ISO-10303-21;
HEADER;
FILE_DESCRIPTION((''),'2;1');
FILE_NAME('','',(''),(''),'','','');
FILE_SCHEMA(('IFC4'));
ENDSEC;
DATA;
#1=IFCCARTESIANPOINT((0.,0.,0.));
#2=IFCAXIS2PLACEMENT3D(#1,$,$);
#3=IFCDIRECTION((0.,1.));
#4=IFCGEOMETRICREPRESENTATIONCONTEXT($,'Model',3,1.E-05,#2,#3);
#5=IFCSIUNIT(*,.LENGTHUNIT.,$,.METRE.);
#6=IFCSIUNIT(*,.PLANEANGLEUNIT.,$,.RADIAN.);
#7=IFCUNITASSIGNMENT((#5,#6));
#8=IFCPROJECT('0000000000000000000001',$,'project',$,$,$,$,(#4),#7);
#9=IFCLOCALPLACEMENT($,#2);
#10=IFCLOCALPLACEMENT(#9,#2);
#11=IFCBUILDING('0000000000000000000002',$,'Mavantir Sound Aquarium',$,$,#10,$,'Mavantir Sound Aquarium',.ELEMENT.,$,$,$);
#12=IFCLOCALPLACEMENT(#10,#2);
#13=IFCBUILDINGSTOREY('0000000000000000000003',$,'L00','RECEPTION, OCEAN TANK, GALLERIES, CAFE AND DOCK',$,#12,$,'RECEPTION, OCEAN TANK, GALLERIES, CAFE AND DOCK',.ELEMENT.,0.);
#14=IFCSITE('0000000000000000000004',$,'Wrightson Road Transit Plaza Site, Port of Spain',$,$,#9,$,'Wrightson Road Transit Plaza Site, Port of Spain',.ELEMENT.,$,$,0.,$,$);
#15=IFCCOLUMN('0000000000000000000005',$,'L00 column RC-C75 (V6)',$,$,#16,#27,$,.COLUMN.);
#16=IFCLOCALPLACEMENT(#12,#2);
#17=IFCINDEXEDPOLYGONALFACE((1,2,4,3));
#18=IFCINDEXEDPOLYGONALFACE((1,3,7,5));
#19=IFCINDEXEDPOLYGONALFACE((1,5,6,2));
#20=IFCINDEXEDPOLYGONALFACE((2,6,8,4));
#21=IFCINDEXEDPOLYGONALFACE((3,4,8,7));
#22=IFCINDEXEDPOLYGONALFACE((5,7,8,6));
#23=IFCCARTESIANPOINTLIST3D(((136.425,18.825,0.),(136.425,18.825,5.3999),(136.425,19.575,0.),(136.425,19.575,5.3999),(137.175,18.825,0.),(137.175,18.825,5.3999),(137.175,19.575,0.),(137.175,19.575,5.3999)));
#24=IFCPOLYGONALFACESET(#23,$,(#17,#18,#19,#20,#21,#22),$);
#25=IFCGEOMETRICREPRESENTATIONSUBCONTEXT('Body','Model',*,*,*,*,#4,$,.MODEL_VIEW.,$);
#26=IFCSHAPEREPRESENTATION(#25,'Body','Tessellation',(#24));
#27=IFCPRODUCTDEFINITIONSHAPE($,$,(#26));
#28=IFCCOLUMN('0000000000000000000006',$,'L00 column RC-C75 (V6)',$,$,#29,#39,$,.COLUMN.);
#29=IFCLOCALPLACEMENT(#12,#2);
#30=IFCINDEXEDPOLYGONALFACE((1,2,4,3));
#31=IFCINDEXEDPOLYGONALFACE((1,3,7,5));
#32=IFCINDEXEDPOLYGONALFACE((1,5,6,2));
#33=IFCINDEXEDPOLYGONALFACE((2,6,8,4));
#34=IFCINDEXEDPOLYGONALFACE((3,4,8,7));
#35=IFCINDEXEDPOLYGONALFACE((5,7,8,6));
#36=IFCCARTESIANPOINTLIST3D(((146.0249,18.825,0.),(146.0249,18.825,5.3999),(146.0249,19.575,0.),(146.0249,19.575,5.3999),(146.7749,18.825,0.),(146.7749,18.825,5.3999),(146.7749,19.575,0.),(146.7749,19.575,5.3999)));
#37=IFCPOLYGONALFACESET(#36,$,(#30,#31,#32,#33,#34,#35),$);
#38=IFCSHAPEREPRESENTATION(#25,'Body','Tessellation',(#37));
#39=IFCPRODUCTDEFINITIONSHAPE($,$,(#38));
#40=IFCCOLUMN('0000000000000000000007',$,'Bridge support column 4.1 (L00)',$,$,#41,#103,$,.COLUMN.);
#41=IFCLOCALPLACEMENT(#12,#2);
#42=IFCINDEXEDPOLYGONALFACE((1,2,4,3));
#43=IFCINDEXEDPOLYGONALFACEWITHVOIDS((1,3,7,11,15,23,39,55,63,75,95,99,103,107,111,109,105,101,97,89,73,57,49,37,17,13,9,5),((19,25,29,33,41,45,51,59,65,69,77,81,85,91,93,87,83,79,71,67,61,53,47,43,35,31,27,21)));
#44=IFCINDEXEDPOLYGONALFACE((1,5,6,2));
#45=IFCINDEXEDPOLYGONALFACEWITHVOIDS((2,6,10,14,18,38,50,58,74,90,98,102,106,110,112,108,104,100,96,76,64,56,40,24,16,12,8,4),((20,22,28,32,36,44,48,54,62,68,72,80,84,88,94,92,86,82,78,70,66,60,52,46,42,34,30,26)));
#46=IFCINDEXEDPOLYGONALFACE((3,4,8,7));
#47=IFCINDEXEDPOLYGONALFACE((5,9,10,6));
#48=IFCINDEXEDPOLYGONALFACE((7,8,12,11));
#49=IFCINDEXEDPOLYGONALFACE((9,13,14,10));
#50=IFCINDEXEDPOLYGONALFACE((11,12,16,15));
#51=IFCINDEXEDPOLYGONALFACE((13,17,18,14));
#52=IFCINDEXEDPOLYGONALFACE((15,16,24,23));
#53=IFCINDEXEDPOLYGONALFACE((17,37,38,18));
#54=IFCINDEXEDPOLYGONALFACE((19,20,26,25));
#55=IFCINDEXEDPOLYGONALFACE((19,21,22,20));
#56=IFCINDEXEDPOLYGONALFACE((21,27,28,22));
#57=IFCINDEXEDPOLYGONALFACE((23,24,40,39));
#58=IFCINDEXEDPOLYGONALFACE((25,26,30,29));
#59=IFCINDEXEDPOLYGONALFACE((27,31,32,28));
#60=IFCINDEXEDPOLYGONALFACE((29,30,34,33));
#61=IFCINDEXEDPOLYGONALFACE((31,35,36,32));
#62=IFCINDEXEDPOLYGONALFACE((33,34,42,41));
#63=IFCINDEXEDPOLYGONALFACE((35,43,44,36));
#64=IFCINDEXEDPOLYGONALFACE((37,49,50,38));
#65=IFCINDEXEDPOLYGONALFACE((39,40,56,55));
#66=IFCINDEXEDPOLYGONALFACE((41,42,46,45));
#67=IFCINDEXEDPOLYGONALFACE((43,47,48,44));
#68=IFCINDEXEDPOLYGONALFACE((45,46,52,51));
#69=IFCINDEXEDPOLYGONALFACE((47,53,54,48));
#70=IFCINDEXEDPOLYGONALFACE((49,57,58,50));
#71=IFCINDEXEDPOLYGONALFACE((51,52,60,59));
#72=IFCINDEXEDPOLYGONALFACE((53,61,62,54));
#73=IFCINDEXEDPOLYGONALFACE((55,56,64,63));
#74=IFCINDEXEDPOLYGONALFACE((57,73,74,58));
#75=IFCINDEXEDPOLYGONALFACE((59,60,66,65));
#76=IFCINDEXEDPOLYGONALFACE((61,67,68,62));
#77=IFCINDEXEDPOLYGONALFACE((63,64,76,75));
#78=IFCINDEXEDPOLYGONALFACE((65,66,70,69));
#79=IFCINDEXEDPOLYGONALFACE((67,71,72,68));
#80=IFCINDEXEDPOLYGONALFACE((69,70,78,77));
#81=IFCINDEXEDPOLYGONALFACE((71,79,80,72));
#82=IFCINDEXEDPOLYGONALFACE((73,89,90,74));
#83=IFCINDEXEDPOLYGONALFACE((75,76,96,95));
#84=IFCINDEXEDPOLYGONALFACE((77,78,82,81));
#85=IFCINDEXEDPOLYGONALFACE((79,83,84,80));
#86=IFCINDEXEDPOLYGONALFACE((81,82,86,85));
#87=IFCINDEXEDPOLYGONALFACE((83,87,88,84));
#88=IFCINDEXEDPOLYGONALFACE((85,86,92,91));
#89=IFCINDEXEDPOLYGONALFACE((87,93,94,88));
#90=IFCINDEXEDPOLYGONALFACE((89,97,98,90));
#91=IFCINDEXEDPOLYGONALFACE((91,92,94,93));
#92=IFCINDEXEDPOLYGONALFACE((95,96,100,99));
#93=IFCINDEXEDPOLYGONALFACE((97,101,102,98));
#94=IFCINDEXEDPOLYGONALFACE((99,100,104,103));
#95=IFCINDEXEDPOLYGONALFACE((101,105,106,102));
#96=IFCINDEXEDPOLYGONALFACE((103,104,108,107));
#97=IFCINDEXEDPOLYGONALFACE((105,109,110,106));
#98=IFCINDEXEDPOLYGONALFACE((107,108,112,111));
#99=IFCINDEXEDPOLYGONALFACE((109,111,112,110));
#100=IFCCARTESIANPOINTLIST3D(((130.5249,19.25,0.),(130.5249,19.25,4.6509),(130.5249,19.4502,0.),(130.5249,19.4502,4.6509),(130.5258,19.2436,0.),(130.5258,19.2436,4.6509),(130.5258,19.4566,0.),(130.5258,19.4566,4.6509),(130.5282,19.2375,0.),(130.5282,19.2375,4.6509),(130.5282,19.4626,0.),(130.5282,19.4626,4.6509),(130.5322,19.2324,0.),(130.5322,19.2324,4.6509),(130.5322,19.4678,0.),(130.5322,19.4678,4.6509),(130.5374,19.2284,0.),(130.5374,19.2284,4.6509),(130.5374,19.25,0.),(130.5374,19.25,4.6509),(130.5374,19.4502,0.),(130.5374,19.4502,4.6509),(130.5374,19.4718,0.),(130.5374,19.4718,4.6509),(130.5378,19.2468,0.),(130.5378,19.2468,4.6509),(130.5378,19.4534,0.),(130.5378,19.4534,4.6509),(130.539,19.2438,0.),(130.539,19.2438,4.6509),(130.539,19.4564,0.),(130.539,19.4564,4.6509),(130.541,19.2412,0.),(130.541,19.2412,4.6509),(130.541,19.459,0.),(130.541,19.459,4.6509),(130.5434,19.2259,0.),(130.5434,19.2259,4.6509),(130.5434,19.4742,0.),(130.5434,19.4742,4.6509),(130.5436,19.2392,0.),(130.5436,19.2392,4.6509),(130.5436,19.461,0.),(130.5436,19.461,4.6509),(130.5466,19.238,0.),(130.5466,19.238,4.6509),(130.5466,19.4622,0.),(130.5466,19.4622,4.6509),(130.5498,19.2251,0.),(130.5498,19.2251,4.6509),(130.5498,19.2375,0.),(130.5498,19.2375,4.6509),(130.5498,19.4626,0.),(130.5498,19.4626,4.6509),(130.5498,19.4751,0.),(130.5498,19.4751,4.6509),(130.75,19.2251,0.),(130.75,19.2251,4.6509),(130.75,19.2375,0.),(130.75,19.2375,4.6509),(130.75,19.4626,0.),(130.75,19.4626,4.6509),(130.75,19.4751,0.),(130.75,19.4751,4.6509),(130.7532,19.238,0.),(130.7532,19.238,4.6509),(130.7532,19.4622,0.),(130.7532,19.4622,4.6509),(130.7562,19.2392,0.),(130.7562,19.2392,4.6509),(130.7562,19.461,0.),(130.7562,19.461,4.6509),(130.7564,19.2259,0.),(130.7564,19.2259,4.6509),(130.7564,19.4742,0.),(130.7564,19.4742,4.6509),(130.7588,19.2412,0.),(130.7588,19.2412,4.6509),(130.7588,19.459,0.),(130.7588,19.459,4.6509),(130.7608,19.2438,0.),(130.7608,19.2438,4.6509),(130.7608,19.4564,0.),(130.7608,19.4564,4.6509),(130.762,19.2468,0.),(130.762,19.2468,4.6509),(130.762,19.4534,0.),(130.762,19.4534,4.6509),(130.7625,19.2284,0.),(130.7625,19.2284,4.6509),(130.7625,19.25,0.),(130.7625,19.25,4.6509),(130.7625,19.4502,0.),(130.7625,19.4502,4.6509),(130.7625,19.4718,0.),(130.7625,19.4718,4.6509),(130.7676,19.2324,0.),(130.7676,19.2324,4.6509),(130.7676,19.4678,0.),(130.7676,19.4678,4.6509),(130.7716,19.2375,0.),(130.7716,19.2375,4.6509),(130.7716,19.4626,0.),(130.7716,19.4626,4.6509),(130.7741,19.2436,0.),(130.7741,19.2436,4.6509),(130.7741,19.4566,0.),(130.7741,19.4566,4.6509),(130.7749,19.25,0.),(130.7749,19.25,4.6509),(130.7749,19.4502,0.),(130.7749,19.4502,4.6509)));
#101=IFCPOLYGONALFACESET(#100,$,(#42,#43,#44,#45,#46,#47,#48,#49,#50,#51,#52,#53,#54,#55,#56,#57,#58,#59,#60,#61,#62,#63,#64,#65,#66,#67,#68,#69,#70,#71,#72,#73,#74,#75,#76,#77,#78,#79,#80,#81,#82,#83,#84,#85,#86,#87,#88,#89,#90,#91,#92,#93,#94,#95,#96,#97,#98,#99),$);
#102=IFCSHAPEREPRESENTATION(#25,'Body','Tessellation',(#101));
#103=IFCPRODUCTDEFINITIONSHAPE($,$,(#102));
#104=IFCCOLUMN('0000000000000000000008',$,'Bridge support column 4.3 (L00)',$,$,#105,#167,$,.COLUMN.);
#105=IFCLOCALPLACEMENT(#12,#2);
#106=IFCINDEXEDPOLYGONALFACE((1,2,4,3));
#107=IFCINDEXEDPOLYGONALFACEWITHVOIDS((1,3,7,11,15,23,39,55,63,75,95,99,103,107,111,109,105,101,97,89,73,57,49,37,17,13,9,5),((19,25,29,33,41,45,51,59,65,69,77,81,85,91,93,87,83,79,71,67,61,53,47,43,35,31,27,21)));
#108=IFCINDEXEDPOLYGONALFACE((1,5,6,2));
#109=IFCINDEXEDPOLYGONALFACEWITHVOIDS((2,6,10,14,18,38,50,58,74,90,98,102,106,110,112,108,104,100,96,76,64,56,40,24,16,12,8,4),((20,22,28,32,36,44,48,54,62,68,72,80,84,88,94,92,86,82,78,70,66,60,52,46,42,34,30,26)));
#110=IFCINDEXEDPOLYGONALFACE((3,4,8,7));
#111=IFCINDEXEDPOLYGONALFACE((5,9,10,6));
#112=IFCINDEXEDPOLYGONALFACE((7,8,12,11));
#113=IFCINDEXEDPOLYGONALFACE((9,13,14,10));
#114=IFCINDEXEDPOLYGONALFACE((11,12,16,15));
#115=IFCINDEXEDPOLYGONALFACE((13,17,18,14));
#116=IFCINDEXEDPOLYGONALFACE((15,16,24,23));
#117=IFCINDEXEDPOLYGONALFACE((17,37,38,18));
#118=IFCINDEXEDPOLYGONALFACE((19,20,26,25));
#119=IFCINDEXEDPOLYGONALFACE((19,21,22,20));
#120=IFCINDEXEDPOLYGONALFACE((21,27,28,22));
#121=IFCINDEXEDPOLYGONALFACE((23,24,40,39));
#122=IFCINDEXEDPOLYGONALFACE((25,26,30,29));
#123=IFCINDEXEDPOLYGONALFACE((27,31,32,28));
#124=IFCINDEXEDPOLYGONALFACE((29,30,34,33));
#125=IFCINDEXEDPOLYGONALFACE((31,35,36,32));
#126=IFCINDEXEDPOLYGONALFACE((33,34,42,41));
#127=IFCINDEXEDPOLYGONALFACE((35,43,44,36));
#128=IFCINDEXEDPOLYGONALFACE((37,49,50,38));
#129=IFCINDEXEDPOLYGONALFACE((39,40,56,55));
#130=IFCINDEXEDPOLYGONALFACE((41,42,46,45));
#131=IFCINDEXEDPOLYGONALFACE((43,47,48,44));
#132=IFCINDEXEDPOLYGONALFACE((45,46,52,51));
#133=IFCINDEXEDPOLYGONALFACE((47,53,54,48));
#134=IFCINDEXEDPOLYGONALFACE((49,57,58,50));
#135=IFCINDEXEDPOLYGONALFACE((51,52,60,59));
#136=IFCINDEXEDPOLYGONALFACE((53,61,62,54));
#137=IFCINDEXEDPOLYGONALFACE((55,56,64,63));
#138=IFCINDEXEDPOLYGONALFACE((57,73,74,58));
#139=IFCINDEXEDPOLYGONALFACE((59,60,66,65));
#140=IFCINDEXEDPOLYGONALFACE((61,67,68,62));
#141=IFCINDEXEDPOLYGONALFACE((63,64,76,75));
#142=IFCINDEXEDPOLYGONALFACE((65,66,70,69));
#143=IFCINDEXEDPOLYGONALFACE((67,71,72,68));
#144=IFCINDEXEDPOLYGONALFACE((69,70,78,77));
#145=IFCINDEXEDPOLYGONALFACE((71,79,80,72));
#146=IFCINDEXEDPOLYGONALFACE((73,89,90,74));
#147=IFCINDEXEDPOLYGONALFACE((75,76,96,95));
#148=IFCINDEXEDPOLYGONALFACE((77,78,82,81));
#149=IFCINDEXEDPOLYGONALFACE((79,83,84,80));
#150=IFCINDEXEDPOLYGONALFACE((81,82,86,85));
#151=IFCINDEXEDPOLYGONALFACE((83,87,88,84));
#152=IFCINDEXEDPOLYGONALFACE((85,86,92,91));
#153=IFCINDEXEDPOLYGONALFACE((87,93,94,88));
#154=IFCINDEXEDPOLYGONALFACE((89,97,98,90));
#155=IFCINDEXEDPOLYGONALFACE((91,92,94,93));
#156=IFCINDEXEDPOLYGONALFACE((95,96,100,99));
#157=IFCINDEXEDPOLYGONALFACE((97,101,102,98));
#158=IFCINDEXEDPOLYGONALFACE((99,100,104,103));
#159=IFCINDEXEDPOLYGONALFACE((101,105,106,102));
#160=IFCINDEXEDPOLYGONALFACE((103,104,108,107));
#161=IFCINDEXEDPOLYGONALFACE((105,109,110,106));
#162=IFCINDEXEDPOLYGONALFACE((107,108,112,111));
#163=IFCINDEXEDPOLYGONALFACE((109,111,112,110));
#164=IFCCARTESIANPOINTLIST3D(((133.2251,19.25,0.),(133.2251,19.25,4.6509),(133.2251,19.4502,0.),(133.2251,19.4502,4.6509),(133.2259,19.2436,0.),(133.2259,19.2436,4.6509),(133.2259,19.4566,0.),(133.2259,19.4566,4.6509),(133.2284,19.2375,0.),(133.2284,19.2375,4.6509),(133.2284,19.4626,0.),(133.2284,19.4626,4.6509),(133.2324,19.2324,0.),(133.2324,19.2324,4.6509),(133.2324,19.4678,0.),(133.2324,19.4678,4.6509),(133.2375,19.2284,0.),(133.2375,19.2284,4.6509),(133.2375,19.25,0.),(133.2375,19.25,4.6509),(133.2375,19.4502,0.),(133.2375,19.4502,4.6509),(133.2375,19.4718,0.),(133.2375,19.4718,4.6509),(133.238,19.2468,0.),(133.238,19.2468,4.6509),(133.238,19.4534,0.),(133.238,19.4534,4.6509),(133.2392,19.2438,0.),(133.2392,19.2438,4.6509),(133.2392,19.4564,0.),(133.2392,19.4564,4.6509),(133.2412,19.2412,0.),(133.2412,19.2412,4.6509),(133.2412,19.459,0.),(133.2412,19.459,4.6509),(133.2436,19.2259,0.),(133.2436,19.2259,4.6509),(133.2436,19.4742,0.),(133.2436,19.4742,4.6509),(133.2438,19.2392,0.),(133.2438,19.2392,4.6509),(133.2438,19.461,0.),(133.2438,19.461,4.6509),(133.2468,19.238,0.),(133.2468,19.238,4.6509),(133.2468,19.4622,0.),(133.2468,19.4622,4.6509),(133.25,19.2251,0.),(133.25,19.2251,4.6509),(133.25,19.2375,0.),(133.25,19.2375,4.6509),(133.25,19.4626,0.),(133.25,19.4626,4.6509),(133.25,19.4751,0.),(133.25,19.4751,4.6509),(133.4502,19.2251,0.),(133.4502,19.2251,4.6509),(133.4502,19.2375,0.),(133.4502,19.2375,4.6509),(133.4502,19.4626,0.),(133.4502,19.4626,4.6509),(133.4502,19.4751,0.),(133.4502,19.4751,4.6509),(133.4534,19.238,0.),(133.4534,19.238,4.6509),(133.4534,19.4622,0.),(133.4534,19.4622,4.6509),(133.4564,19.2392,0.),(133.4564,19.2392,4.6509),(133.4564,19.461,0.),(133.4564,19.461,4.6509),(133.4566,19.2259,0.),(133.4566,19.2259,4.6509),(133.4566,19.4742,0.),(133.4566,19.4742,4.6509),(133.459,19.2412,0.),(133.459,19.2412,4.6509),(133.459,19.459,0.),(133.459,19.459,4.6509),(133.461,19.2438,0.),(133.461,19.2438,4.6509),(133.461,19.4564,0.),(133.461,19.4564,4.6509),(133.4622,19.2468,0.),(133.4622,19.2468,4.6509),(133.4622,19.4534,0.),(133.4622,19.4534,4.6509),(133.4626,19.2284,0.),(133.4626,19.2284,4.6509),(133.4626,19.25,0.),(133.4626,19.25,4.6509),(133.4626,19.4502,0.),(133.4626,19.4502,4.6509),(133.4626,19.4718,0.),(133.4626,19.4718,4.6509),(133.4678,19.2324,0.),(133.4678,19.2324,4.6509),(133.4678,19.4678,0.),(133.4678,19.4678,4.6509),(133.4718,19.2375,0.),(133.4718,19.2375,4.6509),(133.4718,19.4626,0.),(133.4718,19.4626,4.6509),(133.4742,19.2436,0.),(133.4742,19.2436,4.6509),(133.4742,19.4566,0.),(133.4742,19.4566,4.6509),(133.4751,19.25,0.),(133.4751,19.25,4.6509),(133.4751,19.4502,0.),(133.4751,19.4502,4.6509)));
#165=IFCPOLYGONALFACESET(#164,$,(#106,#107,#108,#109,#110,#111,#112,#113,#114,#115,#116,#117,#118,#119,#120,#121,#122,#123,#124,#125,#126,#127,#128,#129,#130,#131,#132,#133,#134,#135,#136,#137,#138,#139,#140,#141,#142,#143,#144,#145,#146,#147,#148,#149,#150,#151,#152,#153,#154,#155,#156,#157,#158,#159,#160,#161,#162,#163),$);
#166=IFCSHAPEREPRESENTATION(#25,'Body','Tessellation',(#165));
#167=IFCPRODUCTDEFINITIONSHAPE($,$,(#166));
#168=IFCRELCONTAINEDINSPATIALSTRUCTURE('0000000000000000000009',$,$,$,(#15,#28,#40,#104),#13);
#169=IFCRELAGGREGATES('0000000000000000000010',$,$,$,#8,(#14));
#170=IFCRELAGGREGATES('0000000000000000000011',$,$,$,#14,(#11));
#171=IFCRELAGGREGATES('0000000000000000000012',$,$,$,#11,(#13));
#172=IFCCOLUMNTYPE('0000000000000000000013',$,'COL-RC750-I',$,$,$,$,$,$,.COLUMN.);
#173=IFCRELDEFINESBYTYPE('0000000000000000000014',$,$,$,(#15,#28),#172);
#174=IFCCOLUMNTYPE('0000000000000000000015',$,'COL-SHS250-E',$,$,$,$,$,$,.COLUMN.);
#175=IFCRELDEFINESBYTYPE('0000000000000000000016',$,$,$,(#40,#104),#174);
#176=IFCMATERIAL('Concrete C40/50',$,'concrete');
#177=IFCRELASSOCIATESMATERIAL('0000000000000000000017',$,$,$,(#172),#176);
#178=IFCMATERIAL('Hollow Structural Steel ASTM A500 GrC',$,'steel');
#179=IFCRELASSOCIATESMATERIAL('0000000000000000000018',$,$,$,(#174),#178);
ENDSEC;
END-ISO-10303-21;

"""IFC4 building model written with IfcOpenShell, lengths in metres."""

from ifc_helpers import new_model, si_unit, direction, frame, origin, origin_2d, place, context, subcontext, project, spatial, rectangle, hollow_rectangle, extrude, material, material_profile, profile_set, type_object, element, save


model = new_model("IFC4")

# Units and contexts
model_context = context("Model", 3, precision=1e-05, world=origin(), true_north=direction((0.0, 1.0)))
body_context = subcontext(model_context, "Body", "Model", "MODEL_VIEW")
ifc_project = project(units=[si_unit("LENGTHUNIT", "METRE"), si_unit("PLANEANGLEUNIT", "RADIAN")], contexts=[model_context])

# Site, building, storey
site_placement = place(None, origin())
site = spatial("IfcSite", under=ifc_project, at=site_placement, Name="Wrightson Road Transit Plaza Site, Port of Spain", LongName="Wrightson Road Transit Plaza Site, Port of Spain", CompositionType="ELEMENT", RefElevation=0.0)
building_placement = place(site_placement, origin())
building = spatial("IfcBuilding", under=site, at=building_placement, Name="Mavantir Sound Aquarium", LongName="Mavantir Sound Aquarium", CompositionType="ELEMENT")
storey_placement = place(building_placement, origin())
storey = spatial("IfcBuildingStorey", under=building, at=storey_placement, Name="L00", Description="RECEPTION, OCEAN TANK, GALLERIES, CAFE AND DOCK", LongName="RECEPTION, OCEAN TANK, GALLERIES, CAFE AND DOCK", CompositionType="ELEMENT", Elevation=0.0)

# Columns
ifc_material_1 = material(Name="Concrete C40/50", Category="concrete")
ifc_material_profile_1 = material_profile(ifc_material_1, rectangle(XDim=0.75, YDim=0.75, at=origin_2d()), Name="RC 750X750")
ifc_profile_set_1 = profile_set([ifc_material_profile_1], Name="Concrete C40/50")
column_type_1 = type_object("IfcColumnType", Name="COL-RC750-I", PredefinedType="COLUMN", material=ifc_profile_set_1)
for number, where, z_axis, x_axis, name in (
    (1, (136.8, 19.2, 0.0), (0.0, 0.0, 1.0), (1.0, 0.0, 0.0), "L00 column RC-C75 (V6)"),
    (2, (146.3999, 19.2, 0.0), (0.0, 0.0, 1.0), (1.0, 0.0, 0.0), "L00 column RC-C75 (V6)"),
):
    element("IfcColumn", number, at=place(storey_placement, frame(where, z_axis=z_axis, x_axis=x_axis)), inside=storey, type_object=column_type_1, Name=name, PredefinedType="COLUMN", context=body_context, shape_type="SweptSolid", body=[
        extrude(rectangle(XDim=0.75, YDim=0.75, at=origin_2d()), origin(), (0.0, 0.0, 1.0), 5.3999),
    ])
ifc_material_2 = material(Name="Hollow Structural Steel ASTM A500 GrC", Category="steel")
ifc_material_profile_2 = material_profile(ifc_material_2, hollow_rectangle(XDim=0.25, YDim=0.25, WallThickness=0.0125, InnerFilletRadius=0.0125, OuterFilletRadius=0.0249, at=origin_2d()), Name="SHS 250X250X12.5")
ifc_profile_set_2 = profile_set([ifc_material_profile_2], Name="Hollow Structural Steel ASTM A500 GrC")
column_type_2 = type_object("IfcColumnType", Name="COL-SHS250-E", PredefinedType="COLUMN", material=ifc_profile_set_2)
for number, where, z_axis, x_axis, name in (
    (3, (130.6499, 19.3501, 0.0), (0.0, 0.0, 1.0), (1.0, 0.0, 0.0), "Bridge support column 4.1 (L00)"),
    (4, (133.3501, 19.3501, 0.0), (0.0, 0.0, 1.0), (1.0, 0.0, 0.0), "Bridge support column 4.3 (L00)"),
):
    element("IfcColumn", number, at=place(storey_placement, frame(where, z_axis=z_axis, x_axis=x_axis)), inside=storey, type_object=column_type_2, Name=name, PredefinedType="COLUMN", context=body_context, shape_type="SweptSolid", body=[
        extrude(hollow_rectangle(XDim=0.25, YDim=0.25, WallThickness=0.0125, InnerFilletRadius=0.0125, OuterFilletRadius=0.0249, at=origin_2d()), origin(), (0.0, 0.0, 1.0), 4.6509),
    ])

save(model, "model.ifc")
